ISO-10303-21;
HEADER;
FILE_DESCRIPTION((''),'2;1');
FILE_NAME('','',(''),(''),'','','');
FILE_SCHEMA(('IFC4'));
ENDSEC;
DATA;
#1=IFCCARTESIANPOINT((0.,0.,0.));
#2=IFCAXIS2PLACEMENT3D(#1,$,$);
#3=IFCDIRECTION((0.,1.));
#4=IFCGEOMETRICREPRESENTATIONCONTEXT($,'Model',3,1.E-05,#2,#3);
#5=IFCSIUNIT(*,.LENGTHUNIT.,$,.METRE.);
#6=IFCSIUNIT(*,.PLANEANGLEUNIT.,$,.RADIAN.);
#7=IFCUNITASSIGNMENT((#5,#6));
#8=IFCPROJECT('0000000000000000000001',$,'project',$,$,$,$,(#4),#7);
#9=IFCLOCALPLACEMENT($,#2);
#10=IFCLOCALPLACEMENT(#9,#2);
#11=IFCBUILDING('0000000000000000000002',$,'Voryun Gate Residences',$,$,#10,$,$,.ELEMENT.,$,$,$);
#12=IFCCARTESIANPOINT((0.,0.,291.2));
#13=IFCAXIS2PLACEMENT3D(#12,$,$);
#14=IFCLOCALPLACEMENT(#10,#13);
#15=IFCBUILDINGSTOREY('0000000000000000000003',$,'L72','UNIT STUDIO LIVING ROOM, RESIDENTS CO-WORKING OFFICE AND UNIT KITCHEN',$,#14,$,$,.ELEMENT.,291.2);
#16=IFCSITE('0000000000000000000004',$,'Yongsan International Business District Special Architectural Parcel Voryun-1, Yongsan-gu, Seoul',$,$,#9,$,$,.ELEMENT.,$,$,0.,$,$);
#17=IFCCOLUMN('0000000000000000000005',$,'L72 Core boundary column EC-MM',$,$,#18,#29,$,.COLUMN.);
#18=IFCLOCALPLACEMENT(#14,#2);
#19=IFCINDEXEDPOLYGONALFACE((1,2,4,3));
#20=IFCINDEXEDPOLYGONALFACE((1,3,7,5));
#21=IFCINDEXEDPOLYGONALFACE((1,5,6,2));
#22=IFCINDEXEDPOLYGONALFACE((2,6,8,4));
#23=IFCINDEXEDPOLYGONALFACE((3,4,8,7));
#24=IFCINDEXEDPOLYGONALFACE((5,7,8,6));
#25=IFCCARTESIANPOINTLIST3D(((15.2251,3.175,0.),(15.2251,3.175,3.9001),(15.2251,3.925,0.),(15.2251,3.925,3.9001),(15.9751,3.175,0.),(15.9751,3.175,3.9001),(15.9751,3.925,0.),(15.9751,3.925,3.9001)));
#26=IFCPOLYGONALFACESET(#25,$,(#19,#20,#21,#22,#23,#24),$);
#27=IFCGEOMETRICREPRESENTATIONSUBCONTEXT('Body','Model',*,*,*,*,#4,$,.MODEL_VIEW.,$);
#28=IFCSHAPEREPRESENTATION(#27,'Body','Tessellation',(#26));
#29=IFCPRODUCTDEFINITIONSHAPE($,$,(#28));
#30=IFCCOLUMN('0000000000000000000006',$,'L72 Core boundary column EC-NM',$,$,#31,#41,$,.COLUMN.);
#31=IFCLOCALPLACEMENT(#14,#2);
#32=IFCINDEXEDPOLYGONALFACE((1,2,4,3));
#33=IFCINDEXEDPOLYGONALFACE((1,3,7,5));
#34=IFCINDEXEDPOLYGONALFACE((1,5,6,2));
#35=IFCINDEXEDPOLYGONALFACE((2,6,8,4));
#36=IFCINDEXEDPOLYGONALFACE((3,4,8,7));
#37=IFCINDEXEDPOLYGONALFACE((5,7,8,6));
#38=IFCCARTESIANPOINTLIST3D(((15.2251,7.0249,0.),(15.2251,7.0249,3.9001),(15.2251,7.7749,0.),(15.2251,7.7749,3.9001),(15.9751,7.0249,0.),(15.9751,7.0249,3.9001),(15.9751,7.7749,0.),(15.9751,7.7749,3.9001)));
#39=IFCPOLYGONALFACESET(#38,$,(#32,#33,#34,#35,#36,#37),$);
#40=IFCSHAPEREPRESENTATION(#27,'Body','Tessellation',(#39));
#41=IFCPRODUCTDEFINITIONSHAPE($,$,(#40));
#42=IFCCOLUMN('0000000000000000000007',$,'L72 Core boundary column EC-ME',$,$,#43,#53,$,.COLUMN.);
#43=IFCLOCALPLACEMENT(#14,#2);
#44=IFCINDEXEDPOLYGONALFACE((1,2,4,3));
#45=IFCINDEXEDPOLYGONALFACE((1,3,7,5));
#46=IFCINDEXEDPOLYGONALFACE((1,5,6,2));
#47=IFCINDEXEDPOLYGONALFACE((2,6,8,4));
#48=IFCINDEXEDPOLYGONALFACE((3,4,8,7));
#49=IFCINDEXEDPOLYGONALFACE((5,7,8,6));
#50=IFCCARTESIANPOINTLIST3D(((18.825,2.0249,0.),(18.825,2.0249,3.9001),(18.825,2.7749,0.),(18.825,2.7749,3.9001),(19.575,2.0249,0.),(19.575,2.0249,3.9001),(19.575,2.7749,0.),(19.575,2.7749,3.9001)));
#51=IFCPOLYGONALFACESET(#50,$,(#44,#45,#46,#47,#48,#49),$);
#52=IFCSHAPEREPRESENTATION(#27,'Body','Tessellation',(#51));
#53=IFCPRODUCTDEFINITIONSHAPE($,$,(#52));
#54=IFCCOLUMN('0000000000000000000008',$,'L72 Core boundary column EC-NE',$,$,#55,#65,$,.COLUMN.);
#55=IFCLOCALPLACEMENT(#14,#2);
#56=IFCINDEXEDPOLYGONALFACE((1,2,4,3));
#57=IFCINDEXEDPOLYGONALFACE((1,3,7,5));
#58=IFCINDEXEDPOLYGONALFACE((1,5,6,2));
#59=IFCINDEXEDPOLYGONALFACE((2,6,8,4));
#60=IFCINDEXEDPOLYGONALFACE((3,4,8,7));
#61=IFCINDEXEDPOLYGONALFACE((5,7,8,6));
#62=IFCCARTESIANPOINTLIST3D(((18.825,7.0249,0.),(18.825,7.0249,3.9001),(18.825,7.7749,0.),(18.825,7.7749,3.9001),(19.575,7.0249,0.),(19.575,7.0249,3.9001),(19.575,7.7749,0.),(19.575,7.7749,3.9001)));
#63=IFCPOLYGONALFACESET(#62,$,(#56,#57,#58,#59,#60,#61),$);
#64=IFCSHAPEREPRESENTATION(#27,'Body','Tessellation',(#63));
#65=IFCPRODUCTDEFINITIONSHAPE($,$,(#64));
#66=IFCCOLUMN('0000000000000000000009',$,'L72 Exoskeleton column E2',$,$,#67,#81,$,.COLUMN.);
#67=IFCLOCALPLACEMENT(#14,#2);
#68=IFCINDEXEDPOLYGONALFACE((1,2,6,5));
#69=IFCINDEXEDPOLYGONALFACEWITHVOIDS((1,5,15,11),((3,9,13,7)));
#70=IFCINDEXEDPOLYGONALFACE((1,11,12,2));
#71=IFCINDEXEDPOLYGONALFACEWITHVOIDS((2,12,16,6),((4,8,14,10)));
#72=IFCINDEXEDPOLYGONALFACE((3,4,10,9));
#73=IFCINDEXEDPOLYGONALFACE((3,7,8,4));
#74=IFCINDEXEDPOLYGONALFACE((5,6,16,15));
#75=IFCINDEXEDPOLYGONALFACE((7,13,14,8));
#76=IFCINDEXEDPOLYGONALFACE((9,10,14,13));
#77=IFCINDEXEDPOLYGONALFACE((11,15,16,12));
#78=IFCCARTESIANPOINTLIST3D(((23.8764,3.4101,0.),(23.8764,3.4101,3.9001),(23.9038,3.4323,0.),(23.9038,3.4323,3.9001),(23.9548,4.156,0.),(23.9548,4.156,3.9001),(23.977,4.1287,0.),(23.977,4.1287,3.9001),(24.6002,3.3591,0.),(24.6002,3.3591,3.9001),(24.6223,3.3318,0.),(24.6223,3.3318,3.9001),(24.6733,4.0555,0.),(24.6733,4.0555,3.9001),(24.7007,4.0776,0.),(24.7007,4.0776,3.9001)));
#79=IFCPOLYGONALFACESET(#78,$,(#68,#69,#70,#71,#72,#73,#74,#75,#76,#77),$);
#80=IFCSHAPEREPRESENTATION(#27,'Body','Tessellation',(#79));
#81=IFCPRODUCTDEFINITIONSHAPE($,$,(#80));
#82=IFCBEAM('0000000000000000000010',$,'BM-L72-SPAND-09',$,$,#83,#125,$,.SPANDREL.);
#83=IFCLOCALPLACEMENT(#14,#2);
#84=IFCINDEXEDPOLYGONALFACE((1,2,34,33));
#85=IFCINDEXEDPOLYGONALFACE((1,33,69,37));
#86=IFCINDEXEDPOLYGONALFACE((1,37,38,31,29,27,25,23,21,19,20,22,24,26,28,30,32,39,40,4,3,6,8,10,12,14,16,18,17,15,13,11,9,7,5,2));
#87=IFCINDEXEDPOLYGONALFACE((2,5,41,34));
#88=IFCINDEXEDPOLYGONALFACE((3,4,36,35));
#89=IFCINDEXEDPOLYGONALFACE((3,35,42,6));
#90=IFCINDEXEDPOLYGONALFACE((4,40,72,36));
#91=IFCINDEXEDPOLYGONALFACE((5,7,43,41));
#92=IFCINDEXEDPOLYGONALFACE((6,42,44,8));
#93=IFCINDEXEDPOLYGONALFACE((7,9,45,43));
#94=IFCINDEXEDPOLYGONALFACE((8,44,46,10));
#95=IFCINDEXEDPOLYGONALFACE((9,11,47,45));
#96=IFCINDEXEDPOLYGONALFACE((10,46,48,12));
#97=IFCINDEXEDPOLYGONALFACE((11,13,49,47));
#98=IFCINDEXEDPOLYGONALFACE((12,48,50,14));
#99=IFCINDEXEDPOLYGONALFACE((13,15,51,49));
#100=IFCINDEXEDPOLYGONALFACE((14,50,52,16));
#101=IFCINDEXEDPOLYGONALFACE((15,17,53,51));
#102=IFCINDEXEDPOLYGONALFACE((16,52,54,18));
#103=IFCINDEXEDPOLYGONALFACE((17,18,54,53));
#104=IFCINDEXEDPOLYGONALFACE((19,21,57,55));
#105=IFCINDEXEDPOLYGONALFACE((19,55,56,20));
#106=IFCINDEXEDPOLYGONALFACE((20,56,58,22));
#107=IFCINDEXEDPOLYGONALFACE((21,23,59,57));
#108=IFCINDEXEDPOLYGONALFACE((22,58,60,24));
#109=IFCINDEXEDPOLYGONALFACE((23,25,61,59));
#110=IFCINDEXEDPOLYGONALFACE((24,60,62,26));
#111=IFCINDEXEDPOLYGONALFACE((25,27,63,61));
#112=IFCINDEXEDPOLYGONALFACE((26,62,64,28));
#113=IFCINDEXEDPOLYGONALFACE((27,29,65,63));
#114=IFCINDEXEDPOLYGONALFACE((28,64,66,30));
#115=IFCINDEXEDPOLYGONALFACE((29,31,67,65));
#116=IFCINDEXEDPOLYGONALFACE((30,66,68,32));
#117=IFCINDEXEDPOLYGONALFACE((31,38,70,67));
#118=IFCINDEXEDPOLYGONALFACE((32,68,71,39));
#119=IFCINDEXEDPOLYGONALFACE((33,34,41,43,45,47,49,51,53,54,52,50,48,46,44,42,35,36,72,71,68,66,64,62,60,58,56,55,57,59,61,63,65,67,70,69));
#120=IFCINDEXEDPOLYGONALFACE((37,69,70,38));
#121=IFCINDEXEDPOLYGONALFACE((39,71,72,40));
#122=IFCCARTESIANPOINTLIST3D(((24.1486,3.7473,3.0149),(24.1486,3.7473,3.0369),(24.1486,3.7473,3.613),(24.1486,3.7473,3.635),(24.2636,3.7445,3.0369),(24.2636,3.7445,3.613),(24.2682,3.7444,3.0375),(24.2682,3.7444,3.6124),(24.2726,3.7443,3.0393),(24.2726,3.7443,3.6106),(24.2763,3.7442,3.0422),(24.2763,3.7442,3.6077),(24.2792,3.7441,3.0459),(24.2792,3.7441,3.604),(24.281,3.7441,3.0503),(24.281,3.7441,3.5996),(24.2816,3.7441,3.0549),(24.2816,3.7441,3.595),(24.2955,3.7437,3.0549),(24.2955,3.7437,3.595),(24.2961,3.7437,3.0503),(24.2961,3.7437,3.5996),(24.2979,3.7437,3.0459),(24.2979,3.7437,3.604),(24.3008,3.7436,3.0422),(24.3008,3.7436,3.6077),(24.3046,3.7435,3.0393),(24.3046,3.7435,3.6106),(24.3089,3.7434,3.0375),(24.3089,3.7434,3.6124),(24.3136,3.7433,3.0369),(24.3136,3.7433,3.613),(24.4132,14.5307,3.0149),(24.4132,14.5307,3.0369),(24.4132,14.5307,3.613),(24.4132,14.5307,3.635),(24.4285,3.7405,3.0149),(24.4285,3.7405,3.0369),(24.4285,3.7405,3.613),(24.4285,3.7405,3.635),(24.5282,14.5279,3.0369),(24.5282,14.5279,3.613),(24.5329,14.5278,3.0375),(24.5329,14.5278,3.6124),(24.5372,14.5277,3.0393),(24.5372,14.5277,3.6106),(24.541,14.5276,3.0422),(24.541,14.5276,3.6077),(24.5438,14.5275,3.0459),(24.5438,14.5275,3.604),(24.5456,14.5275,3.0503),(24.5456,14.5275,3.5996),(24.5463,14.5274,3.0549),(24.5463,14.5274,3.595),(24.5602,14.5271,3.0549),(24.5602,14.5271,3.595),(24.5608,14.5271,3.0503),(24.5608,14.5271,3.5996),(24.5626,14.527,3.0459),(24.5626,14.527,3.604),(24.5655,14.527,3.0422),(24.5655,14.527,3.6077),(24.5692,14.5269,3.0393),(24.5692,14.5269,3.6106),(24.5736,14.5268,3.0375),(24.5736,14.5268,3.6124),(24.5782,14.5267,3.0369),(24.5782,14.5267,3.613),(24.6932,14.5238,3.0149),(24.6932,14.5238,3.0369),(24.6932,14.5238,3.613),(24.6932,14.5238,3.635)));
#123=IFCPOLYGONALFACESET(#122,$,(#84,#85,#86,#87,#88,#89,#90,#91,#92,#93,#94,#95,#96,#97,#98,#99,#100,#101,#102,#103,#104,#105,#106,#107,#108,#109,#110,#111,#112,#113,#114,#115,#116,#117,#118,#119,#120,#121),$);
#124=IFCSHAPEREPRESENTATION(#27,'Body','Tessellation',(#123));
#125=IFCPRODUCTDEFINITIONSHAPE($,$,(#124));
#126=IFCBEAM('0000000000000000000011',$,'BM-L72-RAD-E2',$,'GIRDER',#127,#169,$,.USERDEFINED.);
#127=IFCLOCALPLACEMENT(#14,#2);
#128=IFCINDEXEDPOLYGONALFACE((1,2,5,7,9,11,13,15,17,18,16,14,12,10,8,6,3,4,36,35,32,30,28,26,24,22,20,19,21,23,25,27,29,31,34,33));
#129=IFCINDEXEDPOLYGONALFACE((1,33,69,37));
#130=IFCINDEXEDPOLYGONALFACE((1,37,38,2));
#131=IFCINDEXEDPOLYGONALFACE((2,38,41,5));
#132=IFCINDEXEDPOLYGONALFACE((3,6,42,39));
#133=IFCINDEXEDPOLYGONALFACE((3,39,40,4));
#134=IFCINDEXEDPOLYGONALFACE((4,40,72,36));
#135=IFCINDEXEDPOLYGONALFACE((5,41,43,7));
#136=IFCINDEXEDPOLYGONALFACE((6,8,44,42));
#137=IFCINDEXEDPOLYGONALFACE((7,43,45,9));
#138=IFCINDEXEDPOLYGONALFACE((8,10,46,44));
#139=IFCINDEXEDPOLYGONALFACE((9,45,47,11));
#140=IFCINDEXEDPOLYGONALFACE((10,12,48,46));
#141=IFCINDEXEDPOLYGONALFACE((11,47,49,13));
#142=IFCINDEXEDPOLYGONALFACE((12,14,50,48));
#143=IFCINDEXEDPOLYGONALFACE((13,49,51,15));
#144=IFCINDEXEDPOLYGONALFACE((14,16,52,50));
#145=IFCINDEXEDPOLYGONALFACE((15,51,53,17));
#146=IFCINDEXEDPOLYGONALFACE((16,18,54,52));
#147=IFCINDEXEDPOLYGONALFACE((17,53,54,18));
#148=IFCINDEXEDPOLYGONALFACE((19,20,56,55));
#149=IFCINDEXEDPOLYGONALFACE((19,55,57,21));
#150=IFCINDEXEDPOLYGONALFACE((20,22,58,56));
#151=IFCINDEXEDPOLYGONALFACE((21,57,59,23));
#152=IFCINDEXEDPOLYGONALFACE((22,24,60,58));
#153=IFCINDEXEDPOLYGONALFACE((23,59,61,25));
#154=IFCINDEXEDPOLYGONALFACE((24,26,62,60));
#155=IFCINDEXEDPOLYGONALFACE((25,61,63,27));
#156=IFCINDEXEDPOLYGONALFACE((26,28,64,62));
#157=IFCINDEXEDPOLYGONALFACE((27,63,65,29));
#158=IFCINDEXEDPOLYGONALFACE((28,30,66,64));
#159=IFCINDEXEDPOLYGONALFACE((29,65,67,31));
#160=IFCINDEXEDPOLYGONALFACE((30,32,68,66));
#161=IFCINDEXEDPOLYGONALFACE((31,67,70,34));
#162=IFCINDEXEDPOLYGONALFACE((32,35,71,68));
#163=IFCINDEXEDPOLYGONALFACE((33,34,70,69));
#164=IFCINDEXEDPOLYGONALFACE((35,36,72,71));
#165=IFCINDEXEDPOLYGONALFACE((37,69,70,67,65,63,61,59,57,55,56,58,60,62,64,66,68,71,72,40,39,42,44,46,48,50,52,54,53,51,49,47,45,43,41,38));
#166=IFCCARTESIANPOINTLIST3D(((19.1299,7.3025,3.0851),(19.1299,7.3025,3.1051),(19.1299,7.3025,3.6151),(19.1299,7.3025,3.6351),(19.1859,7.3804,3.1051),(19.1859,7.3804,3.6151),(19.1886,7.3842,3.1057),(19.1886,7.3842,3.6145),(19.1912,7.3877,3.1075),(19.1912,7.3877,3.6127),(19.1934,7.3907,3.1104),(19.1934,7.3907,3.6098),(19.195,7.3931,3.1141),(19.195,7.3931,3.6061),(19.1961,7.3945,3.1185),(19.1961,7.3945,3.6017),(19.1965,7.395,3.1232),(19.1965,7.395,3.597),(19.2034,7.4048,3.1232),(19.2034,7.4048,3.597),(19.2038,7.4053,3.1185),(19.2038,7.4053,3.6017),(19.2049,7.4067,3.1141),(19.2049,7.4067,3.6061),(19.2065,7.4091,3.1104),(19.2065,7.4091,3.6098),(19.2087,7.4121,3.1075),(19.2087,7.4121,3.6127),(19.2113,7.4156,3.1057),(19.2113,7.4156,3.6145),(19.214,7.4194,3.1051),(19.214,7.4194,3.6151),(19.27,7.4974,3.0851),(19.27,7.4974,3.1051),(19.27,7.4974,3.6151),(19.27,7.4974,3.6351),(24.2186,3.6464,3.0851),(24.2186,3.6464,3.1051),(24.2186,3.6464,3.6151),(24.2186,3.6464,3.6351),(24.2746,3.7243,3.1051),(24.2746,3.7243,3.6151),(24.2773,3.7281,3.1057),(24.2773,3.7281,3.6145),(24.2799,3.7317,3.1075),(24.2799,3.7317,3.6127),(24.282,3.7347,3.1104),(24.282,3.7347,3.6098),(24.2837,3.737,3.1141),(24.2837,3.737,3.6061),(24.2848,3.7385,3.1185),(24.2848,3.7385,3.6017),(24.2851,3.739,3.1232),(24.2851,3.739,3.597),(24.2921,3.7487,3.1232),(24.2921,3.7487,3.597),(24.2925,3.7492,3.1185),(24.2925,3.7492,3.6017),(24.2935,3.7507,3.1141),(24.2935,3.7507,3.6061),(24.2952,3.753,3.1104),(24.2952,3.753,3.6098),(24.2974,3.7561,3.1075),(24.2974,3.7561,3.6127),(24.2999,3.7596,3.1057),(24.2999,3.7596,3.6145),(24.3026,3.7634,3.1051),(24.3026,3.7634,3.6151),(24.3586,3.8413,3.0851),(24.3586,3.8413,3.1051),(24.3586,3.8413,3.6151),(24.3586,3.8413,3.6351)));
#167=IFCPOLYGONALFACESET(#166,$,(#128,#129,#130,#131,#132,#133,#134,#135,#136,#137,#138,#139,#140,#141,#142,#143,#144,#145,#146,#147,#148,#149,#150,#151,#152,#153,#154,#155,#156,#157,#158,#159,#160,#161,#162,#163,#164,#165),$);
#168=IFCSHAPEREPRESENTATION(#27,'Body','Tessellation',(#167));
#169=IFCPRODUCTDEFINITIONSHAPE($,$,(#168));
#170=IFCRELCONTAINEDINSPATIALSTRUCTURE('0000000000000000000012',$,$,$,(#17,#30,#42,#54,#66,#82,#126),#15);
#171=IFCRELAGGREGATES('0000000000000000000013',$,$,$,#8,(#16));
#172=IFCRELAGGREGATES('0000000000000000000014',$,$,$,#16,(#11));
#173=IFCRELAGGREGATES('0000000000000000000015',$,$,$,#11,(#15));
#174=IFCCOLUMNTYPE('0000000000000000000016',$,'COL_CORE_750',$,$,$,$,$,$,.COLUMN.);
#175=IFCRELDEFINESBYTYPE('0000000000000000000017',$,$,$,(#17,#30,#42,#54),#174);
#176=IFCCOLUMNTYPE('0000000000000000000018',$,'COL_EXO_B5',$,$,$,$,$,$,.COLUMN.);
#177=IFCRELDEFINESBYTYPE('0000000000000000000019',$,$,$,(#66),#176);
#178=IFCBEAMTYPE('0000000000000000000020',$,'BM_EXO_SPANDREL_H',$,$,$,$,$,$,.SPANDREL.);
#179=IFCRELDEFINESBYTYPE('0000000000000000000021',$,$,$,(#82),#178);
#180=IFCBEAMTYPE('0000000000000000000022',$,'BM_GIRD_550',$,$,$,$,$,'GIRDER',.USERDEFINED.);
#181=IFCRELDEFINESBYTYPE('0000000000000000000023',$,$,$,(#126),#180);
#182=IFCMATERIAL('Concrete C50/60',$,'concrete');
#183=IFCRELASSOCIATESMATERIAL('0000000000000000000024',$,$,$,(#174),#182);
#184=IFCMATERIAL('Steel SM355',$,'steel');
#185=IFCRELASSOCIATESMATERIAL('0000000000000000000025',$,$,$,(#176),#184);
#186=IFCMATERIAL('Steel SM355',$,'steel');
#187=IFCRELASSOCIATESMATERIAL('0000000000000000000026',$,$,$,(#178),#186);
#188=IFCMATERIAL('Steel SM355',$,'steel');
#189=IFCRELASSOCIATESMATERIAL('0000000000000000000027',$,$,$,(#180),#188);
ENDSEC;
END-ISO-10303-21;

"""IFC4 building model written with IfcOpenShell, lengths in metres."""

from ifc_helpers import new_model, si_unit, direction, frame, origin, origin_2d, place, context, subcontext, project, spatial, rectangle, hollow_rectangle, i_section, extrude, material, material_profile, profile_set, type_object, element, save


model = new_model("IFC4")

# Units and contexts
model_context = context("Model", 3, precision=1e-05, world=origin(), true_north=direction((0.0, 1.0)))
body_context = subcontext(model_context, "Body", "Model", "MODEL_VIEW")
ifc_project = project(units=[si_unit("LENGTHUNIT", "METRE"), si_unit("PLANEANGLEUNIT", "RADIAN")], contexts=[model_context])

# Site, building, storey
site_placement = place(None, origin())
site = spatial("IfcSite", under=ifc_project, at=site_placement, Name="Yongsan International Business District Special Architectural Parcel Voryun-1, Yongsan-gu, Seoul", CompositionType="ELEMENT", RefElevation=0.0)
building_placement = place(site_placement, origin())
building = spatial("IfcBuilding", under=site, at=building_placement, Name="Voryun Gate Residences", CompositionType="ELEMENT")
storey_placement = place(building_placement, frame((0.0, 0.0, 291.2)))
storey = spatial("IfcBuildingStorey", under=building, at=storey_placement, Name="L72", Description="UNIT STUDIO LIVING ROOM, RESIDENTS CO-WORKING OFFICE AND UNIT KITCHEN", CompositionType="ELEMENT", Elevation=291.2)

# Columns
ifc_material_1 = material(Name="Concrete C50/60", Category="concrete")
ifc_material_profile_1 = material_profile(ifc_material_1, rectangle(XDim=0.75, YDim=0.75, at=origin_2d()), Name="RC-750x750")
ifc_profile_set_1 = profile_set([ifc_material_profile_1], Name="Concrete C50/60")
column_type_1 = type_object("IfcColumnType", Name="COL_CORE_750", PredefinedType="COLUMN", material=ifc_profile_set_1)
for number, where, z_axis, x_axis, name in (
    (1, (15.6001, 3.55, 0.0), (0.0, 0.0, 1.0), (1.0, 0.0, 0.0), "L72 Core boundary column EC-MM"),
    (2, (15.6001, 7.3999, 0.0), (0.0, 0.0, 1.0), (1.0, 0.0, 0.0), "L72 Core boundary column EC-NM"),
    (3, (19.2, 2.3999, 0.0), (0.0, 0.0, 1.0), (1.0, 0.0, 0.0), "L72 Core boundary column EC-ME"),
    (4, (19.2, 7.3999, 0.0), (0.0, 0.0, 1.0), (1.0, 0.0, 0.0), "L72 Core boundary column EC-NE"),
):
    element("IfcColumn", number, at=place(storey_placement, frame(where, z_axis=z_axis, x_axis=x_axis)), inside=storey, type_object=column_type_1, Name=name, PredefinedType="COLUMN", context=body_context, shape_type="SweptSolid", body=[
        extrude(rectangle(XDim=0.75, YDim=0.75, at=origin_2d()), origin(), (0.0, 0.0, 1.0), 3.9001),
    ])
ifc_material_2 = material(Name="Steel SM355", Category="steel")
ifc_material_profile_2 = material_profile(ifc_material_2, hollow_rectangle(XDim=0.75, YDim=0.75, WallThickness=0.0249, at=origin_2d()), Name="BOX-750x750x25")
ifc_profile_set_2 = profile_set([ifc_material_profile_2], Name="Steel SM355")
column_type_2 = type_object("IfcColumnType", Name="COL_EXO_B5", PredefinedType="COLUMN", material=ifc_profile_set_2)
column_placement = place(storey_placement, frame((24.2886, 3.7439, 0.0), z_axis=(0.0, 0.0, 1.0), x_axis=(0.994522, -0.104528, 0.0)))
element("IfcColumn", 5, at=column_placement, inside=storey, type_object=column_type_2, Name="L72 Exoskeleton column E2", PredefinedType="COLUMN", context=body_context, shape_type="SweptSolid", body=[
    extrude(hollow_rectangle(XDim=0.75, YDim=0.75, WallThickness=0.0249, at=origin_2d()), origin(), (0.0, 0.0, 1.0), 3.9001),
])

# Beams
ifc_material_3 = material(Name="Steel SM355", Category="steel")
ifc_material_profile_3 = material_profile(ifc_material_3, i_section(OverallWidth=0.28, OverallDepth=0.6201, WebThickness=0.0139, FlangeThickness=0.022, FilletRadius=0.0181, at=origin_2d()), Name="H-620x280x14x22")
ifc_profile_set_3 = profile_set([ifc_material_profile_3], Name="Steel SM355")
beam_type_1 = type_object("IfcBeamType", Name="BM_EXO_SPANDREL_H", PredefinedType="SPANDREL", material=ifc_profile_set_3)
beam_1_placement = place(storey_placement, frame((24.2886, 3.7439, 3.325), z_axis=(0.024535, 0.999699, 0.0), x_axis=(-0.999699, 0.024535, 0.0)))
element("IfcBeam", 6, at=beam_1_placement, inside=storey, type_object=beam_type_1, Name="BM-L72-SPAND-09", PredefinedType="SPANDREL", context=body_context, shape_type="SweptSolid", body=[
    extrude(i_section(OverallWidth=0.28, OverallDepth=0.6201, WebThickness=0.0139, FlangeThickness=0.022, FilletRadius=0.0181, at=origin_2d()), origin(), (0.0, 0.0, 1.0), 10.7866),
])
ifc_material_4 = material(Name="Steel SM355", Category="steel")
ifc_material_profile_4 = material_profile(ifc_material_4, i_section(OverallWidth=0.24, OverallDepth=0.55, WebThickness=0.012, FlangeThickness=0.02, FilletRadius=0.0181, at=origin_2d()), Name="H-550x240x12x20")
ifc_profile_set_4 = profile_set([ifc_material_profile_4], Name="Steel SM355")
beam_type_2 = type_object("IfcBeamType", Name="BM_GIRD_550", ElementType="GIRDER", PredefinedType="USERDEFINED", material=ifc_profile_set_4)
beam_2_placement = place(storey_placement, frame((19.2, 7.3999, 3.3601), z_axis=(0.812124, -0.583484, 0.0), x_axis=(0.583484, 0.812124, 0.0)))
element("IfcBeam", 7, at=beam_2_placement, inside=storey, type_object=beam_type_2, Name="BM-L72-RAD-E2", ObjectType="GIRDER", PredefinedType="USERDEFINED", context=body_context, shape_type="SweptSolid", body=[
    extrude(i_section(OverallWidth=0.24, OverallDepth=0.55, WebThickness=0.012, FlangeThickness=0.02, FilletRadius=0.0181, at=origin_2d()), origin(), (0.0, 0.0, 1.0), 6.2659),
])

save(model, "model.ifc")
